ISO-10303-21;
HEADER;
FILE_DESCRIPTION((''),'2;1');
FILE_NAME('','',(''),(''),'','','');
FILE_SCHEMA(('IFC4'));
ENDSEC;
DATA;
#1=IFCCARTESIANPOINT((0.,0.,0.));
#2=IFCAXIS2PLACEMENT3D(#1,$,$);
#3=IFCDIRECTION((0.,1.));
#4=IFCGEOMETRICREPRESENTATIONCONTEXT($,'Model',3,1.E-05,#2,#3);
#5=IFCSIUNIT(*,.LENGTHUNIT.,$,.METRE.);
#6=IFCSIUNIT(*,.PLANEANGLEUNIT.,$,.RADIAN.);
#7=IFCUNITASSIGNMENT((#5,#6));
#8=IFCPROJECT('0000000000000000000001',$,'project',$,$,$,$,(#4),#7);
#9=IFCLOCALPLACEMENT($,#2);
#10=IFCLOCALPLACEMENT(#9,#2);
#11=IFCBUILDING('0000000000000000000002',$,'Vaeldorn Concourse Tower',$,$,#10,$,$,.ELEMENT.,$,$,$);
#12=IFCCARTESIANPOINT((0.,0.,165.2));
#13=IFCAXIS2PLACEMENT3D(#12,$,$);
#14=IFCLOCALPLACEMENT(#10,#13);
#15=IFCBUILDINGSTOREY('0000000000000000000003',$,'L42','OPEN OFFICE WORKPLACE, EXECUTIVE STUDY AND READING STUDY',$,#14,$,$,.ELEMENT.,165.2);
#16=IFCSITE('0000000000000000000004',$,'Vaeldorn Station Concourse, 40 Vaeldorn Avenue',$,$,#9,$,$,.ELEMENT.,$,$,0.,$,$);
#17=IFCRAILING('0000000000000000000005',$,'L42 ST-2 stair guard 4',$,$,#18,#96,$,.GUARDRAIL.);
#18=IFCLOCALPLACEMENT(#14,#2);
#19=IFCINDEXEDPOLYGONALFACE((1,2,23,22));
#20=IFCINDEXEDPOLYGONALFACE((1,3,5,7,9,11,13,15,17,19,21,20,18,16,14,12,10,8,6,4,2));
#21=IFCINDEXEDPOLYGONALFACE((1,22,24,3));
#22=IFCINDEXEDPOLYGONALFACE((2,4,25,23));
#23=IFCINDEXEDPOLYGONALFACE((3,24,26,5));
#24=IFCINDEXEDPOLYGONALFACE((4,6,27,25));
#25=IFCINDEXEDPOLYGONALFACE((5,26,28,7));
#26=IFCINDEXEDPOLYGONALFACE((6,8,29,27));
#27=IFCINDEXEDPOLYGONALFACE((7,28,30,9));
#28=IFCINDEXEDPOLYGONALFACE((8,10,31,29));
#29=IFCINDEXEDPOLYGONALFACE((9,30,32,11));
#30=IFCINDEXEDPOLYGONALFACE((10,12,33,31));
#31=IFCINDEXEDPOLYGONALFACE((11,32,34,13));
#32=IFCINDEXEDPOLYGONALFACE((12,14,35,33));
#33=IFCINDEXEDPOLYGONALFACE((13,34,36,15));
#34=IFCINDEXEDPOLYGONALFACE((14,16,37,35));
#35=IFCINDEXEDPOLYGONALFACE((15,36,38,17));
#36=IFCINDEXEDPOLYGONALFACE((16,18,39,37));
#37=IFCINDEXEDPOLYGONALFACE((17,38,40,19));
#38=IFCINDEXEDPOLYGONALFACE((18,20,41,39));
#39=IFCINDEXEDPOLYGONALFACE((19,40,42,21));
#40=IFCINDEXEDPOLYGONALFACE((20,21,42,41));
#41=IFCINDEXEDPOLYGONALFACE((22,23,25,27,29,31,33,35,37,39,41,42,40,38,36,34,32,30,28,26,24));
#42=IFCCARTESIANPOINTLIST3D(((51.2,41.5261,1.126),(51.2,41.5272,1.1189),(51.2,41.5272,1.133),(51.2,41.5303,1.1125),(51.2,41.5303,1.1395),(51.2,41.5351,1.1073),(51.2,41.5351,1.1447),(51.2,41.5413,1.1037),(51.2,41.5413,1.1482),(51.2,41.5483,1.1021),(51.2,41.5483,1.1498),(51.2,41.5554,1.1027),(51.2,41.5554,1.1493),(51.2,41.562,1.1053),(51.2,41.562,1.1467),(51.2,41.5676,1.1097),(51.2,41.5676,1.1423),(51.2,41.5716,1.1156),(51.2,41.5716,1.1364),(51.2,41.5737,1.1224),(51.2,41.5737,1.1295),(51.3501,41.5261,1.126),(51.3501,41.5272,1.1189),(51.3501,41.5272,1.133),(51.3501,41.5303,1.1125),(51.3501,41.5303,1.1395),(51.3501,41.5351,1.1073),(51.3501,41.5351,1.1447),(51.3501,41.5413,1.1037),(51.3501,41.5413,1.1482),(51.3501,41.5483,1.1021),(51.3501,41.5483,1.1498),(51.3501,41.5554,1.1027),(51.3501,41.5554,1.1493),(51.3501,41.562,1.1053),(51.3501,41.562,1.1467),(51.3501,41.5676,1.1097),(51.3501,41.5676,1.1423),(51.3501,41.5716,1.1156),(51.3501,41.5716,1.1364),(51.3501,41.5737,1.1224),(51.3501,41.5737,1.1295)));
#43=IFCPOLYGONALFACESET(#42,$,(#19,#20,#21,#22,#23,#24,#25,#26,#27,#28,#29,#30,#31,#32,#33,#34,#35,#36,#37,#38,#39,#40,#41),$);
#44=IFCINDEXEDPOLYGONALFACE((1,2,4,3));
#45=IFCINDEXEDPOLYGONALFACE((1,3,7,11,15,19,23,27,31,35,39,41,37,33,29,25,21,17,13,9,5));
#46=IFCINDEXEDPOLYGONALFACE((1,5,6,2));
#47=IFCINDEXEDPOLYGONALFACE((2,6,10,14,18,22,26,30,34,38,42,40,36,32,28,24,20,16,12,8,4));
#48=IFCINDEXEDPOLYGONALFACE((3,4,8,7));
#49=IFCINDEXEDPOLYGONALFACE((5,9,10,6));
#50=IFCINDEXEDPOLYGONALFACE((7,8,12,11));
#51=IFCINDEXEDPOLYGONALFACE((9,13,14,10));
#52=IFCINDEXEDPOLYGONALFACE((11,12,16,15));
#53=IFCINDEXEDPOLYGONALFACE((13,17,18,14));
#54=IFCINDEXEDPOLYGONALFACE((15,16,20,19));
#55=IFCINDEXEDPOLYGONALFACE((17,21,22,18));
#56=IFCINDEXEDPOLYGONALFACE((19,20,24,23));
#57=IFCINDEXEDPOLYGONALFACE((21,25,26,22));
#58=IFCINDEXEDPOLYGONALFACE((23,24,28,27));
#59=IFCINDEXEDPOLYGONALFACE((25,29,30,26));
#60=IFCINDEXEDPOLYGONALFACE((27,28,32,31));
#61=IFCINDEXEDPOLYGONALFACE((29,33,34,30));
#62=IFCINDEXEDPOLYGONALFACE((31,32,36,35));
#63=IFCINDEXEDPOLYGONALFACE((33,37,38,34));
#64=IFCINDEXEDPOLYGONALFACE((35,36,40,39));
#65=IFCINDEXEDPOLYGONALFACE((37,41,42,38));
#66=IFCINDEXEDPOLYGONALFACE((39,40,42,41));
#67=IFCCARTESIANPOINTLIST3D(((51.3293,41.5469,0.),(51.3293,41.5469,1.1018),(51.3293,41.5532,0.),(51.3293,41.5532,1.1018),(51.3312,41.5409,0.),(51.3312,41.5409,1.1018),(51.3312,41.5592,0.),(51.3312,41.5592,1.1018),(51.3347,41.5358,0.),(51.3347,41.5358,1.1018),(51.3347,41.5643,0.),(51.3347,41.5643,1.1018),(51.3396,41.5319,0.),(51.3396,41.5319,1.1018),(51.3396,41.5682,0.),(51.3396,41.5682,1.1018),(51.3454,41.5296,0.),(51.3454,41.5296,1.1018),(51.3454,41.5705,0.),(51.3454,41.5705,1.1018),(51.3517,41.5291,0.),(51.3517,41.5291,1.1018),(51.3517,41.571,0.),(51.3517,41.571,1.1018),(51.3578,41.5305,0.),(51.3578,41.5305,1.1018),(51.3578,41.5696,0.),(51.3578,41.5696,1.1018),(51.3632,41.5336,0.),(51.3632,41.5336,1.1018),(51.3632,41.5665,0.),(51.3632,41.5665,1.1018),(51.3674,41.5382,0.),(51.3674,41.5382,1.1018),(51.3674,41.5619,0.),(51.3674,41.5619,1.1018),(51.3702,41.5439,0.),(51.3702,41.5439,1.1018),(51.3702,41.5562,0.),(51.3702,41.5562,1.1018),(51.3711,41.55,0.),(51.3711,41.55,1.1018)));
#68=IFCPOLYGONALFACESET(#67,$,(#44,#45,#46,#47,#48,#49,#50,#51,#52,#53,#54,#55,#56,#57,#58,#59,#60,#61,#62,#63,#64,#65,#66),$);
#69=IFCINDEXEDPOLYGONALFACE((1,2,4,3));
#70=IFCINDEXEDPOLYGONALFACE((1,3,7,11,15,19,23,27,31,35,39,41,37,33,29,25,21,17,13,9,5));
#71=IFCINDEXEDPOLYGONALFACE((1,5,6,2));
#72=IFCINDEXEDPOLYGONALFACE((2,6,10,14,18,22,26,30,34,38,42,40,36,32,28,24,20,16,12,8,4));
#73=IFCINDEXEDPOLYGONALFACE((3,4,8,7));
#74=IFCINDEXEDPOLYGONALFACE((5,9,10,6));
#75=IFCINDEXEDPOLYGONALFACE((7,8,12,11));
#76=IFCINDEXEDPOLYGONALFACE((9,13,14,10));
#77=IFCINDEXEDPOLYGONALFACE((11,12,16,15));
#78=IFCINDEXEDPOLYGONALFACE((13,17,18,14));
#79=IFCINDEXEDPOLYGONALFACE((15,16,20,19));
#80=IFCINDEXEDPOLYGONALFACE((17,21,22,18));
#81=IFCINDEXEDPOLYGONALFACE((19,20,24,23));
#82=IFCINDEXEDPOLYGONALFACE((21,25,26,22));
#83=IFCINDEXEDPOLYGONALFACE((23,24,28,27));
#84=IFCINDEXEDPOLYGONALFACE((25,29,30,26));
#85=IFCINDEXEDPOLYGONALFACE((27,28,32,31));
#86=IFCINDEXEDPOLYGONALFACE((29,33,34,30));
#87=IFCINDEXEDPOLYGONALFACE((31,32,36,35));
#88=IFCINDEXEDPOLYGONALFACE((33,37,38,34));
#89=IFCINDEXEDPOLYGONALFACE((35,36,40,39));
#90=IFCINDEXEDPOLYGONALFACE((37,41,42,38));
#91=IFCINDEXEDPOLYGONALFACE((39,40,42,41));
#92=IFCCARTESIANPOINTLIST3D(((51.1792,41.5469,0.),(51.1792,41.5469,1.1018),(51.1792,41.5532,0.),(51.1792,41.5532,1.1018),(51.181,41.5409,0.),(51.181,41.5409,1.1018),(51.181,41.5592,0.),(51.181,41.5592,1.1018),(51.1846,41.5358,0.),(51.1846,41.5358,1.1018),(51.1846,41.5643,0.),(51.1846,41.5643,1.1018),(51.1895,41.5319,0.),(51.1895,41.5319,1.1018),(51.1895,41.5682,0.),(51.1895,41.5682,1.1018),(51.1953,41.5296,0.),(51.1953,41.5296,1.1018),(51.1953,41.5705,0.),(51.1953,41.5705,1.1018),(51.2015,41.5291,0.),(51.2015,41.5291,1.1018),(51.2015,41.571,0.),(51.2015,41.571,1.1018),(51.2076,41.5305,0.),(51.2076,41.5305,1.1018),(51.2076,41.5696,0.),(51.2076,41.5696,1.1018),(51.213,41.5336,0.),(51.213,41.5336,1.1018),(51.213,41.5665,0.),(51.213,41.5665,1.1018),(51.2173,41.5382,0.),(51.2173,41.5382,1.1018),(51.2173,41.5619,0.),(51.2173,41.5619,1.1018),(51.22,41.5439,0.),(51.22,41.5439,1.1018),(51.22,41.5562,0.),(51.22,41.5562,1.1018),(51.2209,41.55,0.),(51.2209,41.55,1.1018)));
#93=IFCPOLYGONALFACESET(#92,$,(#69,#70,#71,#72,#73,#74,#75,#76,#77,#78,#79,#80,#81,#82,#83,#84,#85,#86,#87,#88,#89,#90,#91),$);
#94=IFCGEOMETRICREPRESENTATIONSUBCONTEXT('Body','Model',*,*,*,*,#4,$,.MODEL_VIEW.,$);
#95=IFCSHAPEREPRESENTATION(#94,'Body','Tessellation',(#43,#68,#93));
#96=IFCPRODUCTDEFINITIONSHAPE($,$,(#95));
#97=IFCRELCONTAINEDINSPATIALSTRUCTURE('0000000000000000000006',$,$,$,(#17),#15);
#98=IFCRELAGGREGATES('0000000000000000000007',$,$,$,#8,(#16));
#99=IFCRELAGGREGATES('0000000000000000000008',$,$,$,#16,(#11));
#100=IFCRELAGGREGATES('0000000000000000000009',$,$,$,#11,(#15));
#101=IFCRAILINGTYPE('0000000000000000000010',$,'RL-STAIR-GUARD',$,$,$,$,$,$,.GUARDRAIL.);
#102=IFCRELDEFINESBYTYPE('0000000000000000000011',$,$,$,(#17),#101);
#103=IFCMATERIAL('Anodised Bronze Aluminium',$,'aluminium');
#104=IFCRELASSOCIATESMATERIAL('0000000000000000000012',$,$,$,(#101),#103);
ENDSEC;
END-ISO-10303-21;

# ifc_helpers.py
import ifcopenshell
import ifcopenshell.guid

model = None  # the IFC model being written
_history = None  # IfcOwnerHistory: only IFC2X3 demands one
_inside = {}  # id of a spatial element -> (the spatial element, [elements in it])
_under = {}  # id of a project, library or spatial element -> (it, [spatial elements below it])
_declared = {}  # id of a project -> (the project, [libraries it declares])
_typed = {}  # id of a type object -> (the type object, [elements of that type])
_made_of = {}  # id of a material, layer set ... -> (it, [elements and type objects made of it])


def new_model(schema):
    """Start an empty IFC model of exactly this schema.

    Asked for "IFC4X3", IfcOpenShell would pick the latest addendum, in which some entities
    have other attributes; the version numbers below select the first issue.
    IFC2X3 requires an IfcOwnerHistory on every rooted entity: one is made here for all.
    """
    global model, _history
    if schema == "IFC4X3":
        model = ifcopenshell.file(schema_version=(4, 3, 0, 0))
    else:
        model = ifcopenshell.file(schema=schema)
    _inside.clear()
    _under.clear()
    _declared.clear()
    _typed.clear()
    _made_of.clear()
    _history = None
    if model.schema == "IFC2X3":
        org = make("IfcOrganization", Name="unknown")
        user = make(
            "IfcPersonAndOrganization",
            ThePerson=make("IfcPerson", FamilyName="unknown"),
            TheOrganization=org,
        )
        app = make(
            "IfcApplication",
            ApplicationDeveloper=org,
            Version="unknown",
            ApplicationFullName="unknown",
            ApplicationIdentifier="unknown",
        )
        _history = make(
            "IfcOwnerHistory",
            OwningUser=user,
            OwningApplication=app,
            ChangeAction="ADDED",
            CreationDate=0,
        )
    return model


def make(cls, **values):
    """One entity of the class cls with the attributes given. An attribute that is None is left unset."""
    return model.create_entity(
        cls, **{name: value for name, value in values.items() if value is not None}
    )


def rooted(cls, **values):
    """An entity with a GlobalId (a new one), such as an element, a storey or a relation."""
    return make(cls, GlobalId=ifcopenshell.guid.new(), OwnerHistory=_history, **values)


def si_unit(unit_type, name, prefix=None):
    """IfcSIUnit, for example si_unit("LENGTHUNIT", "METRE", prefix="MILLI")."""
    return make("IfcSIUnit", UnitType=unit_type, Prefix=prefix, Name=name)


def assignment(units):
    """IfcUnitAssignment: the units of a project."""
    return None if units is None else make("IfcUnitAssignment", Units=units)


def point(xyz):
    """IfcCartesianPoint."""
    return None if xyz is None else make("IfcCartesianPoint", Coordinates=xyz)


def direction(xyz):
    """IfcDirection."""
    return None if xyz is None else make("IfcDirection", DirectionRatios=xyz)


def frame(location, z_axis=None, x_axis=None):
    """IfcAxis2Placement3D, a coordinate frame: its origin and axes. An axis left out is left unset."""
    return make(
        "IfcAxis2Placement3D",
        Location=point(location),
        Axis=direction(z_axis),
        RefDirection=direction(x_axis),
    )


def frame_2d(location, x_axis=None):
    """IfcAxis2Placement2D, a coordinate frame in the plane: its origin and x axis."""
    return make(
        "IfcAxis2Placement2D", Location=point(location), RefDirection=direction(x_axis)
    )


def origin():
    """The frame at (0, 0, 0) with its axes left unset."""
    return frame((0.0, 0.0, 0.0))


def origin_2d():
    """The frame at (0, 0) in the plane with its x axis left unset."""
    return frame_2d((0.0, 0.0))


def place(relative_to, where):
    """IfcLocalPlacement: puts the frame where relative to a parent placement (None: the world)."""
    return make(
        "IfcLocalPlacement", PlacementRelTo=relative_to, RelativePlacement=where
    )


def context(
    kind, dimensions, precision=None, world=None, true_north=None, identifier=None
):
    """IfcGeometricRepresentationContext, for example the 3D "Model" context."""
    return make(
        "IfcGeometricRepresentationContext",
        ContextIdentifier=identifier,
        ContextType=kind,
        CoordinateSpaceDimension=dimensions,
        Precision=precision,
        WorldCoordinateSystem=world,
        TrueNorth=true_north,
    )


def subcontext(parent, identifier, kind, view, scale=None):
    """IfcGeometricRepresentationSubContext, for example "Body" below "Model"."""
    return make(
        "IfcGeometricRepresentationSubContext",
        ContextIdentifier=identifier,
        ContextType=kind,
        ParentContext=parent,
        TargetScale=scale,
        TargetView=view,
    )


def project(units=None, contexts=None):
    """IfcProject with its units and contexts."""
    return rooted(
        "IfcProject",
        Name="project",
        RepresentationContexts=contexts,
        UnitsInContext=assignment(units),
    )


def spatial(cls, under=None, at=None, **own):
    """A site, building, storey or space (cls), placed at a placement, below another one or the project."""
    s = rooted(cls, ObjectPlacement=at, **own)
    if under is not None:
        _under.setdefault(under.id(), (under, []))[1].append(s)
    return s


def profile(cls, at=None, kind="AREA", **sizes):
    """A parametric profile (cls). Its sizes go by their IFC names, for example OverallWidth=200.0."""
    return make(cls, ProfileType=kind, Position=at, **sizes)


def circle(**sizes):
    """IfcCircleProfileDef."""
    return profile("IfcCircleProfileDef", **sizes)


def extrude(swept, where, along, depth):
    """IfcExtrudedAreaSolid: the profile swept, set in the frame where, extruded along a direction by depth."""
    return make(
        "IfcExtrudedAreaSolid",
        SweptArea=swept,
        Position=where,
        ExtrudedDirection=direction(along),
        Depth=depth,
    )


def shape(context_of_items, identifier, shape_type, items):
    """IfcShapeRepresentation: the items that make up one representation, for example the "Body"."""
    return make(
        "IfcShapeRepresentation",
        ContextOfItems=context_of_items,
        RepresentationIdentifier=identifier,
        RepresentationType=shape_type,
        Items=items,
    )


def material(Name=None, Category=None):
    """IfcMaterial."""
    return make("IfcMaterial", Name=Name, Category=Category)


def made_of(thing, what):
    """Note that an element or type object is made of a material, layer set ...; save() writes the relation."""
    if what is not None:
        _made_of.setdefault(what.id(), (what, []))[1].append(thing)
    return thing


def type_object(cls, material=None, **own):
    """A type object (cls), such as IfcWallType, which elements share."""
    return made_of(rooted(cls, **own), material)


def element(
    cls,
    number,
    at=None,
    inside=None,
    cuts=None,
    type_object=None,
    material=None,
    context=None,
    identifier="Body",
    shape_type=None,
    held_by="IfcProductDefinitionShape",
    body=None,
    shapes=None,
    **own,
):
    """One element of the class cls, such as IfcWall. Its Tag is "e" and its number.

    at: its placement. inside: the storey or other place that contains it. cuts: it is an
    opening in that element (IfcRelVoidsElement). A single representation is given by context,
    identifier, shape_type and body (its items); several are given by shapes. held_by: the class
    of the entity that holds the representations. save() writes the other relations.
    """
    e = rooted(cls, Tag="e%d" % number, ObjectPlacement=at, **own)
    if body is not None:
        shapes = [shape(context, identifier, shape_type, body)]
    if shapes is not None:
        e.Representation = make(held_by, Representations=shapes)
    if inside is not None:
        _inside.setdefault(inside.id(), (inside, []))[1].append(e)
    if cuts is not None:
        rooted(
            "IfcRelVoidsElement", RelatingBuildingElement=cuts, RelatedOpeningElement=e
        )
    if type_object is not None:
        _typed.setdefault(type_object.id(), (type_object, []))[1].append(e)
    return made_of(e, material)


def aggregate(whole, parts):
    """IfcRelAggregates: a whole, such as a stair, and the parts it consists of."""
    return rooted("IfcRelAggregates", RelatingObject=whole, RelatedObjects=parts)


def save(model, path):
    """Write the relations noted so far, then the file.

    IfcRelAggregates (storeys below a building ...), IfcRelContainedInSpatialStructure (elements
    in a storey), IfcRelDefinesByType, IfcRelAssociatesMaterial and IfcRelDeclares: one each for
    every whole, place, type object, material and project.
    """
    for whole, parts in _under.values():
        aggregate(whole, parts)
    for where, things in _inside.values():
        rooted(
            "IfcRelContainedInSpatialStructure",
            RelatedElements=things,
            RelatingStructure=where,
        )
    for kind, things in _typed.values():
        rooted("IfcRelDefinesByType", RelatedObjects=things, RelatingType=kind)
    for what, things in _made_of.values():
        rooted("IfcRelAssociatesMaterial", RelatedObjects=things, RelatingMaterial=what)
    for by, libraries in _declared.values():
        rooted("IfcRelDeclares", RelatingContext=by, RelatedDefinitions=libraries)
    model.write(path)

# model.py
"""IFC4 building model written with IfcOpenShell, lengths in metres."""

from ifc_helpers import new_model, si_unit, direction, frame, origin, origin_2d, place, context, subcontext, project, spatial, circle, extrude, material, type_object, element, save


model = new_model("IFC4")

# Units and contexts
model_context = context("Model", 3, precision=1e-05, world=origin(), true_north=direction((0.0, 1.0)))
body_context = subcontext(model_context, "Body", "Model", "MODEL_VIEW")
ifc_project = project(units=[si_unit("LENGTHUNIT", "METRE"), si_unit("PLANEANGLEUNIT", "RADIAN")], contexts=[model_context])

# Site, building, storey
site_placement = place(None, origin())
site = spatial("IfcSite", under=ifc_project, at=site_placement, Name="Vaeldorn Station Concourse, 40 Vaeldorn Avenue", CompositionType="ELEMENT", RefElevation=0.0)
building_placement = place(site_placement, origin())
building = spatial("IfcBuilding", under=site, at=building_placement, Name="Vaeldorn Concourse Tower", CompositionType="ELEMENT")
storey_placement = place(building_placement, frame((0.0, 0.0, 165.2)))
storey = spatial("IfcBuildingStorey", under=building, at=storey_placement, Name="L42", Description="OPEN OFFICE WORKPLACE, EXECUTIVE STUDY AND READING STUDY", CompositionType="ELEMENT", Elevation=165.2)

# Shared definitions
ifc_material_1 = material(Name="Anodised Bronze Aluminium", Category="aluminium")

# Railing
railing_type_1 = type_object("IfcRailingType", Name="RL-STAIR-GUARD", PredefinedType="GUARDRAIL", material=ifc_material_1)
railing_1_placement = place(storey_placement, frame((51.3501, 41.55, 0.0)))
element("IfcRailing", 1, at=railing_1_placement, inside=storey, type_object=railing_type_1, Name="L42 ST-2 stair guard 4", PredefinedType="GUARDRAIL", context=body_context, shape_type="SweptSolid", body=[
    extrude(circle(Radius=0.0239, at=origin_2d()), frame((0.0, 0.0, 1.126), z_axis=(-1.0, 0.0, 0.0), x_axis=(0.0, -1.0, 0.0)), (0.0, 0.0, 1.0), 0.1501),
    extrude(circle(Radius=0.021, at=origin_2d()), origin(), (0.0, 0.0, 1.0), 1.1018),
    extrude(circle(Radius=0.021, at=origin_2d()), frame((-0.1501, 0.0, 0.0)), (0.0, 0.0, 1.0), 1.1018),
])

save(model, "model.ifc")
